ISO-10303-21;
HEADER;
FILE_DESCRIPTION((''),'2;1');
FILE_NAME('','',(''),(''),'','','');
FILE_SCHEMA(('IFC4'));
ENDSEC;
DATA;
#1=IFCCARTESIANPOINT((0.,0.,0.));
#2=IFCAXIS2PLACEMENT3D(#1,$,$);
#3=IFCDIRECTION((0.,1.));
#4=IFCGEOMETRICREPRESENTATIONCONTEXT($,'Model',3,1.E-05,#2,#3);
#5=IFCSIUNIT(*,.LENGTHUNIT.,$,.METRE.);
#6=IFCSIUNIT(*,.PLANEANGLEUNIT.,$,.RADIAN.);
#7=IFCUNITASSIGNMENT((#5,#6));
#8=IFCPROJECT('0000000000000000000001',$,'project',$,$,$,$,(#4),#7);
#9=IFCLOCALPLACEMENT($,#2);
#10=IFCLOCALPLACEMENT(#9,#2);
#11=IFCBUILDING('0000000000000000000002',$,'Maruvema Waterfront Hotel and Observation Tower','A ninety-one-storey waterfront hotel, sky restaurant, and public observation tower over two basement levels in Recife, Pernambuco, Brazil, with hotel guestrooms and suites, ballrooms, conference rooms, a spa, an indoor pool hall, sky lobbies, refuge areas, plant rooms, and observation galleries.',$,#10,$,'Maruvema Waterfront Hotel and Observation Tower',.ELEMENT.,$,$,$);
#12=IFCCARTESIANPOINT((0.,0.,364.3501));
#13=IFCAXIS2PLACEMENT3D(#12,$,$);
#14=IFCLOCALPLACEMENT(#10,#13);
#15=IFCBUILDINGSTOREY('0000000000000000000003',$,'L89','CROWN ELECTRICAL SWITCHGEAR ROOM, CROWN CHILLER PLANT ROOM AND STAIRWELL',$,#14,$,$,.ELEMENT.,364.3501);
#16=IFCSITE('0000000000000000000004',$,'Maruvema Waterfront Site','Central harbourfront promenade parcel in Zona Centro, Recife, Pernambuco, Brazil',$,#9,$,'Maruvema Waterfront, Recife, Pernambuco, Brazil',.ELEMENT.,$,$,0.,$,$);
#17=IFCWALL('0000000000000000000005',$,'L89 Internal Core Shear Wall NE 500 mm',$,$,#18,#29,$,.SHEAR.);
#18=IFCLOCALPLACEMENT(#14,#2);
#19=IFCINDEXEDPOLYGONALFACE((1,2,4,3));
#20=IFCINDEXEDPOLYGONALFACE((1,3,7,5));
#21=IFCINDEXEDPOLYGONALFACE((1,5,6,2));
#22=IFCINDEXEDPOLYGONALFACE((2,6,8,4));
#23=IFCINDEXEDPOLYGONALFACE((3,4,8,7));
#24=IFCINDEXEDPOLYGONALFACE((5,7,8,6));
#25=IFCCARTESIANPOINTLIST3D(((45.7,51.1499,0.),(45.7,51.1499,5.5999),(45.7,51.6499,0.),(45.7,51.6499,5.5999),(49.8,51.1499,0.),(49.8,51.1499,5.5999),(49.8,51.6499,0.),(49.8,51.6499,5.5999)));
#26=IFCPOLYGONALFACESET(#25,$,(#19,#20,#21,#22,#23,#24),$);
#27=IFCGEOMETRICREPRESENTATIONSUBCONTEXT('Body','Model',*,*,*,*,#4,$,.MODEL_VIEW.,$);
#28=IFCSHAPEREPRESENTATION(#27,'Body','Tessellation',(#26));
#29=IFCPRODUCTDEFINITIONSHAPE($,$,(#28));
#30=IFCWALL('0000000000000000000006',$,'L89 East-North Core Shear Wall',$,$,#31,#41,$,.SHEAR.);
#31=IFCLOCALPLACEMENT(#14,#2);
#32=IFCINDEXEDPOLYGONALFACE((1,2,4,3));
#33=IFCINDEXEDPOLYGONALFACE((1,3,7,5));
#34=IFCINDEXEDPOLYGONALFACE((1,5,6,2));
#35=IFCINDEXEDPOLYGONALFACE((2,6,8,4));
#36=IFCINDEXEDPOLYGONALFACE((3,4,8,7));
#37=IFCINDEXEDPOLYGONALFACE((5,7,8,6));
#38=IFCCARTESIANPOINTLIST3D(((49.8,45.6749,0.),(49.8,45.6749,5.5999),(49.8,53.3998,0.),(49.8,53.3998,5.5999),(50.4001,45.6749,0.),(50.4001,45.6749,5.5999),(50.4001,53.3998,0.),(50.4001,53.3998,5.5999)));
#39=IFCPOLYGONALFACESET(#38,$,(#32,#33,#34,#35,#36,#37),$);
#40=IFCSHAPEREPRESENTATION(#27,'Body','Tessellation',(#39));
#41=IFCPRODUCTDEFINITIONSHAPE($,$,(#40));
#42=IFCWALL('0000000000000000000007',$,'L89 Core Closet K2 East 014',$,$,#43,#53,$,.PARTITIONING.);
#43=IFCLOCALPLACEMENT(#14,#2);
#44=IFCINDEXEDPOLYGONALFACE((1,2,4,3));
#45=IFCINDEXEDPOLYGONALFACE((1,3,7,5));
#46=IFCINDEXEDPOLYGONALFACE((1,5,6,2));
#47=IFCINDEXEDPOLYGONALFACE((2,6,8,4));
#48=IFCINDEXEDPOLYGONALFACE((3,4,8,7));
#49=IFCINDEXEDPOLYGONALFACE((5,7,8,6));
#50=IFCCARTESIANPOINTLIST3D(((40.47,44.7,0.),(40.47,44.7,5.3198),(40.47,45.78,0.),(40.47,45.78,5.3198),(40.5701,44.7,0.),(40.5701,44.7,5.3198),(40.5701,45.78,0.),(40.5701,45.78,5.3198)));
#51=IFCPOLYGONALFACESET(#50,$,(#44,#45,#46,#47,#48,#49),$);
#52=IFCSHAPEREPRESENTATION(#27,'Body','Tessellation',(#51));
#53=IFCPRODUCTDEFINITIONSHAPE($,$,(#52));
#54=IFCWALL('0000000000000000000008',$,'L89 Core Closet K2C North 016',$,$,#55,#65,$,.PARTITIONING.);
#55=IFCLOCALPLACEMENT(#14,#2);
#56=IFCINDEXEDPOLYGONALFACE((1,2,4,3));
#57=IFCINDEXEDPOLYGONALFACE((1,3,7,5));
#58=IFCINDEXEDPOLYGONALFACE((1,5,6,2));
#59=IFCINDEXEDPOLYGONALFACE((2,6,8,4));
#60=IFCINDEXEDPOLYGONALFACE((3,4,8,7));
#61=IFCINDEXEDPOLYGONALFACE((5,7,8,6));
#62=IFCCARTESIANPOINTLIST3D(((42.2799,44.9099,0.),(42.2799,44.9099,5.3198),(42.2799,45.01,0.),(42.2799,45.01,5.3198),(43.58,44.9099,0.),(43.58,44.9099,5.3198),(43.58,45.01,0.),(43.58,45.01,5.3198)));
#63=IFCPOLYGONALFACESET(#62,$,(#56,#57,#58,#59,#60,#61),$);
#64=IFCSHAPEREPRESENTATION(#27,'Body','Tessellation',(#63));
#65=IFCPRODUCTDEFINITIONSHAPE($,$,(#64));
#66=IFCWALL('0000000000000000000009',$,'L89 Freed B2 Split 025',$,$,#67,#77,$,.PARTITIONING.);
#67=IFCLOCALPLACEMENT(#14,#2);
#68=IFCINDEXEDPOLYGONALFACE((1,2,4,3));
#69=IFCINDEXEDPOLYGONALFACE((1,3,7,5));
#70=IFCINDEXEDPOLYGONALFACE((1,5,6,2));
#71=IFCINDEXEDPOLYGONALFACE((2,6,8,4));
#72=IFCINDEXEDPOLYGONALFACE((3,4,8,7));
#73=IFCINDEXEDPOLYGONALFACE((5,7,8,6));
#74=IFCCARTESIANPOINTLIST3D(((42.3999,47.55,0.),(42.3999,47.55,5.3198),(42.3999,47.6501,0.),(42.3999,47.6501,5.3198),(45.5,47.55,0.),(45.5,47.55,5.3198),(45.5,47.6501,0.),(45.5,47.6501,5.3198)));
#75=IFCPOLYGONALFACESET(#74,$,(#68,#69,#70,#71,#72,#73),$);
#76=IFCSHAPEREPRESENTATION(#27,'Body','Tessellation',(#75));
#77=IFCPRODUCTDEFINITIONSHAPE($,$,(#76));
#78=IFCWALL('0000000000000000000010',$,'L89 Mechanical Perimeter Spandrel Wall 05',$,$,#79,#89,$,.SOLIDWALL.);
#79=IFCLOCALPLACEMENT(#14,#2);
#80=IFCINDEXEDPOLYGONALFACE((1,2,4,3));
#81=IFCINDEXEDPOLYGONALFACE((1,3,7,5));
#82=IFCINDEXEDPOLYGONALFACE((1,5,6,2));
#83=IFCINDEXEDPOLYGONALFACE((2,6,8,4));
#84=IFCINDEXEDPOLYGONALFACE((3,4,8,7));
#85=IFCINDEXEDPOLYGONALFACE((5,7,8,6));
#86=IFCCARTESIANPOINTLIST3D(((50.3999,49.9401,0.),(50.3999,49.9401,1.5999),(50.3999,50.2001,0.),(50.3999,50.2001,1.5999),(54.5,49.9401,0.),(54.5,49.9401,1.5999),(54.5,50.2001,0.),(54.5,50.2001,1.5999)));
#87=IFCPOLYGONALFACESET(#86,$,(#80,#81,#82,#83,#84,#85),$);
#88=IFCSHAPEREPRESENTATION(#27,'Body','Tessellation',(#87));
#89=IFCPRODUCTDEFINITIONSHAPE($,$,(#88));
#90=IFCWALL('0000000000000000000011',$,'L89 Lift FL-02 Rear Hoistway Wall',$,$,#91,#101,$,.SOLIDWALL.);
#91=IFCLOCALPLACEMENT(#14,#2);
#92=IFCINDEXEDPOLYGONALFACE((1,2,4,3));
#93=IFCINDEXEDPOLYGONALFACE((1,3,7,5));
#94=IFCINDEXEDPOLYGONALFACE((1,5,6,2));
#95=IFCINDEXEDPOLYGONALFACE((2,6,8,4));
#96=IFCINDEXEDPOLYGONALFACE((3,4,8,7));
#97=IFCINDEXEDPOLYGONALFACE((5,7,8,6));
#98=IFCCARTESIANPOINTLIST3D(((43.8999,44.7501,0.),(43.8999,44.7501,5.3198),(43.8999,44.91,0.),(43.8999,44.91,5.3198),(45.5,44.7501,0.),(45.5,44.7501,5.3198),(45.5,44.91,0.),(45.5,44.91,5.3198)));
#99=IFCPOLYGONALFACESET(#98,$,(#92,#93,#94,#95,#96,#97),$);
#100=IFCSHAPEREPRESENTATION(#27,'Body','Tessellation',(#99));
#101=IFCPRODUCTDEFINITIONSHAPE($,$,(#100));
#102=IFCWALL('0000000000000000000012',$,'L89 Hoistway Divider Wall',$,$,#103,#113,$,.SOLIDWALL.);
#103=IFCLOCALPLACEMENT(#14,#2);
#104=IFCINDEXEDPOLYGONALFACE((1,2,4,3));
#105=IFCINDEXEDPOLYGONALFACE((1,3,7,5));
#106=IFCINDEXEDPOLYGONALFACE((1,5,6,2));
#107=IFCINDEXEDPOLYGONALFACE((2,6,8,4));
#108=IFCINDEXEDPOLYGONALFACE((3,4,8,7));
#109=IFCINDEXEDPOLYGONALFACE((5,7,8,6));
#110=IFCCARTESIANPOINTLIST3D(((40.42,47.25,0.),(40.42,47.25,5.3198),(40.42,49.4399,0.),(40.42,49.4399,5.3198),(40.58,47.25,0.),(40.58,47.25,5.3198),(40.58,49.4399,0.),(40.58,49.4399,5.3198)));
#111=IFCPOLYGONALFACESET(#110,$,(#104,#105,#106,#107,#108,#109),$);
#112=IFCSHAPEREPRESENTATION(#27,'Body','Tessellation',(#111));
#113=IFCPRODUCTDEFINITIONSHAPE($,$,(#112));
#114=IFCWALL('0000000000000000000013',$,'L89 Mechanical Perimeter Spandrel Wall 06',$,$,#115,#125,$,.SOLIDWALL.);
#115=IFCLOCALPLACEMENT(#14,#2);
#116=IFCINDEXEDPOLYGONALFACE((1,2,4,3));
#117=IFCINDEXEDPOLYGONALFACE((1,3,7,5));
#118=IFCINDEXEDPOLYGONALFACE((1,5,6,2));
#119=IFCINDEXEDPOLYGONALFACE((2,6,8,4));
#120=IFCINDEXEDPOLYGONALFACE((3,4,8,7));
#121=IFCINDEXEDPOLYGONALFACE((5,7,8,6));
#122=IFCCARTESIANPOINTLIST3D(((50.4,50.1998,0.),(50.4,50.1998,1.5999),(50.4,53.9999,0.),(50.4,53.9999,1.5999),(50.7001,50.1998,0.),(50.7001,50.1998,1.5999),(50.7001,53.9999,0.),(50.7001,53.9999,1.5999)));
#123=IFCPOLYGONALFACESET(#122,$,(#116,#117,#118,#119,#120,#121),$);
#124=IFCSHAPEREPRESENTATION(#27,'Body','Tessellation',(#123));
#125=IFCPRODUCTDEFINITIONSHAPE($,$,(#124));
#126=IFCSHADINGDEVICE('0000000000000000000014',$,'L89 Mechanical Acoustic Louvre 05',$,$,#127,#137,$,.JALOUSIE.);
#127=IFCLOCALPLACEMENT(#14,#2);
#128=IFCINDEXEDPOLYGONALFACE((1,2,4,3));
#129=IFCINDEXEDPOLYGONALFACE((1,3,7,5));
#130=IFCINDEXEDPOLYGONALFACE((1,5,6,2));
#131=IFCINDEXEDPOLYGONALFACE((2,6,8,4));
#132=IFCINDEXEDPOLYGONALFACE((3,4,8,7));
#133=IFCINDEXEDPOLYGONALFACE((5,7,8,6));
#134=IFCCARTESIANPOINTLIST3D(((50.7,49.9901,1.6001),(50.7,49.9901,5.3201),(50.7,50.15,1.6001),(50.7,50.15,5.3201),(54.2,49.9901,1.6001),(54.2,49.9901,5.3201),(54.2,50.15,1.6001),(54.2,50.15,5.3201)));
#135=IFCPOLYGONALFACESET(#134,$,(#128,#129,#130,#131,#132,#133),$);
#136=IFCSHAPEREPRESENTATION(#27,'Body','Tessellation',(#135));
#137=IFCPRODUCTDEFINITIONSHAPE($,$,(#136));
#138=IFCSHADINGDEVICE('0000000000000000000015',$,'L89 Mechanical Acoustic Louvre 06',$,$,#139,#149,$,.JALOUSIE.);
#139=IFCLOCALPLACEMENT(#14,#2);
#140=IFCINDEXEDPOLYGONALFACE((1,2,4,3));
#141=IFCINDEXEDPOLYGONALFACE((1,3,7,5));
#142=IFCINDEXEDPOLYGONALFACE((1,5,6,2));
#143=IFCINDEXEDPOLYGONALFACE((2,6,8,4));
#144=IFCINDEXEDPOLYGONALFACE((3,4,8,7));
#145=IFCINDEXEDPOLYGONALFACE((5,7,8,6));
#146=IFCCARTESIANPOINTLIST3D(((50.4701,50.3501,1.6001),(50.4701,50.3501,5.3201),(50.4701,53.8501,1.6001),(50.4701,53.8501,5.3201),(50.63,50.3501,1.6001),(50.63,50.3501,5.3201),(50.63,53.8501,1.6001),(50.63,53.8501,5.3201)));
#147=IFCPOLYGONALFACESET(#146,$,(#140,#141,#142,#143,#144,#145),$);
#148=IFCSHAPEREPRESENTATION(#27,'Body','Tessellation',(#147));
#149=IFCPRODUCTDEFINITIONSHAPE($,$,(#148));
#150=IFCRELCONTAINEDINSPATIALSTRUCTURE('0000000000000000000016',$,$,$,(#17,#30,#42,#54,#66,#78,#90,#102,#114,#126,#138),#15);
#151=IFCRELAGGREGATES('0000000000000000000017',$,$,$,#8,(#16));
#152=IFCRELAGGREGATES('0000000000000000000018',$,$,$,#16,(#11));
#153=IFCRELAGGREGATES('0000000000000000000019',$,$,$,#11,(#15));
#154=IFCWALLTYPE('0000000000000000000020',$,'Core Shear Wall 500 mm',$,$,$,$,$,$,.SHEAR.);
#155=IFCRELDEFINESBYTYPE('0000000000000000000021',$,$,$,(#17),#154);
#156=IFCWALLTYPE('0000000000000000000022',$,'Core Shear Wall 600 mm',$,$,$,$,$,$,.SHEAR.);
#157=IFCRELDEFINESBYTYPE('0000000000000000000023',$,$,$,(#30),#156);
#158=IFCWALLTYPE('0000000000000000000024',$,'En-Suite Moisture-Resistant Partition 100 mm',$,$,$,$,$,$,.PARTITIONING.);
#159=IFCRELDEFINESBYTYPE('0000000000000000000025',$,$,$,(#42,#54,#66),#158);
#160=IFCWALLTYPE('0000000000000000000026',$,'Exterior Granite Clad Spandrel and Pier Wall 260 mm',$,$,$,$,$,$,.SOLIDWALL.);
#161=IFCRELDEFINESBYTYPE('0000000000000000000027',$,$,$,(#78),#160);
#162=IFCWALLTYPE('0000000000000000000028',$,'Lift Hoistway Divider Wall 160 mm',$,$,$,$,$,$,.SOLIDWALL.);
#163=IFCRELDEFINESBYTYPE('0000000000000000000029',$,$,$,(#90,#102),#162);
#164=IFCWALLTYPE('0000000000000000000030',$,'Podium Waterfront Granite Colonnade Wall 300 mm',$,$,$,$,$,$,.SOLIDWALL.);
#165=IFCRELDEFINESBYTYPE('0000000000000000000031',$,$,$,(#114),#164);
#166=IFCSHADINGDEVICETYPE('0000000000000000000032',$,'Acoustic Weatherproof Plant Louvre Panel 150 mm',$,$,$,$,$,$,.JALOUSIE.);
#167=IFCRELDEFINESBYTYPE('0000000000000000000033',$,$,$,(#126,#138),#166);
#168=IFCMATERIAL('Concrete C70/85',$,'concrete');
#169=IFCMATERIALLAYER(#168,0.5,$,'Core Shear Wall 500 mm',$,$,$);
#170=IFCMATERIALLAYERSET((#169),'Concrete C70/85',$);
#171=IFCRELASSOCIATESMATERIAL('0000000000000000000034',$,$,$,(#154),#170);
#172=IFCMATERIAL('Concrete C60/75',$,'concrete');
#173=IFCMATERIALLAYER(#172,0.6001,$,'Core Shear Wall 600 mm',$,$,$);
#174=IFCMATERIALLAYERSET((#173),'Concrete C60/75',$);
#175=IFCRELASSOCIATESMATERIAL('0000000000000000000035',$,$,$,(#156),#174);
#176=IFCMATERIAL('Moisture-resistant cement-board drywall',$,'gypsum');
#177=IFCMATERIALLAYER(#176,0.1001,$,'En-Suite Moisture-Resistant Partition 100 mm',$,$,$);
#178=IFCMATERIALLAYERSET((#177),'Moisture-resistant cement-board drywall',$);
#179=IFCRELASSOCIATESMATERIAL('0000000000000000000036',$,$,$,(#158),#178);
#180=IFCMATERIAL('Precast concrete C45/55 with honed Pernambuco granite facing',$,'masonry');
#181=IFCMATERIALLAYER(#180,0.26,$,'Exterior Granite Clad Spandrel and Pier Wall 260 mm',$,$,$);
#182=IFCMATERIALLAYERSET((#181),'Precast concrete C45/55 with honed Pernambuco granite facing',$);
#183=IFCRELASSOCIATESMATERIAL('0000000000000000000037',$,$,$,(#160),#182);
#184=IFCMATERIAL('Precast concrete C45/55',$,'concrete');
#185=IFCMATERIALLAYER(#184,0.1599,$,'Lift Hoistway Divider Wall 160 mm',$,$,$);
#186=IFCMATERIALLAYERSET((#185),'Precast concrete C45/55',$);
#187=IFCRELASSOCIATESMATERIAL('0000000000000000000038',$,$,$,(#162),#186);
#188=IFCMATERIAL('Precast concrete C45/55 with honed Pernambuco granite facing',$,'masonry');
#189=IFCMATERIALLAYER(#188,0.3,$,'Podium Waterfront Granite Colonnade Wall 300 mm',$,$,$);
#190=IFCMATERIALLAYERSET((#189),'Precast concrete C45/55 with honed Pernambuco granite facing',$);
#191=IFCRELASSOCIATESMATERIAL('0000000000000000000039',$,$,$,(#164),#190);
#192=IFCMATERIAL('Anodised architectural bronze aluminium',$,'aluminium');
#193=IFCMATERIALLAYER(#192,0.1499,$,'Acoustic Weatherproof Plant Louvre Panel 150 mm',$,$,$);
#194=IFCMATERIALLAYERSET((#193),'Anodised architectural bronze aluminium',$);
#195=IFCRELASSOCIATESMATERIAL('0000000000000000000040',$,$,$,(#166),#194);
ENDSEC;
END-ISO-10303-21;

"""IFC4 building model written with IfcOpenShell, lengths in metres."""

from ifc_helpers import new_model, si_unit, direction, frame, frame_2d, origin, origin_2d, place, context, subcontext, project, spatial, rectangle, extrude, material, layer, layer_set, type_object, element, save


model = new_model("IFC4")

# Units and contexts
model_context = context("Model", 3, precision=1e-05, world=origin(), true_north=direction((0.0, 1.0)))
body_context = subcontext(model_context, "Body", "Model", "MODEL_VIEW")
ifc_project = project(units=[si_unit("LENGTHUNIT", "METRE"), si_unit("PLANEANGLEUNIT", "RADIAN")], contexts=[model_context])

# Site, building, storey
site_placement = place(None, origin())
site = spatial("IfcSite", under=ifc_project, at=site_placement, Name="Maruvema Waterfront Site", Description="Central harbourfront promenade parcel in Zona Centro, Recife, Pernambuco, Brazil", LongName="Maruvema Waterfront, Recife, Pernambuco, Brazil", CompositionType="ELEMENT", RefElevation=0.0)
building_placement = place(site_placement, origin())
building = spatial("IfcBuilding", under=site, at=building_placement, Name="Maruvema Waterfront Hotel and Observation Tower", Description="A ninety-one-storey waterfront hotel, sky restaurant, and public observation tower over two basement levels in Recife, Pernambuco, Brazil, with hotel guestrooms and suites, ballrooms, conference rooms, a spa, an indoor pool hall, sky lobbies, refuge areas, plant rooms, and observation galleries.", LongName="Maruvema Waterfront Hotel and Observation Tower", CompositionType="ELEMENT")
storey_placement = place(building_placement, frame((0.0, 0.0, 364.3501)))
storey = spatial("IfcBuildingStorey", under=building, at=storey_placement, Name="L89", Description="CROWN ELECTRICAL SWITCHGEAR ROOM, CROWN CHILLER PLANT ROOM AND STAIRWELL", CompositionType="ELEMENT", Elevation=364.3501)

# Walls
ifc_material_1 = material(Name="Concrete C70/85", Category="concrete")
ifc_layer_1 = layer(ifc_material_1, 0.5, Name="Core Shear Wall 500 mm")
ifc_layer_set_1 = layer_set([ifc_layer_1], Name="Concrete C70/85")
wall_type_1 = type_object("IfcWallType", Name="Core Shear Wall 500 mm", PredefinedType="SHEAR", material=ifc_layer_set_1)
wall_1_placement = place(storey_placement, frame((45.7, 51.3999, 0.0), z_axis=(0.0, 0.0, 1.0), x_axis=(1.0, 0.0, 0.0)))
element("IfcWall", 1, at=wall_1_placement, inside=storey, type_object=wall_type_1, Name="L89 Internal Core Shear Wall NE 500 mm", PredefinedType="SHEAR", context=body_context, shape_type="SweptSolid", body=[
    extrude(rectangle(XDim=4.1001, YDim=0.5, at=frame_2d((2.05, 0.0))), origin(), (0.0, 0.0, 1.0), 5.5999),
])
ifc_material_2 = material(Name="Concrete C60/75", Category="concrete")
ifc_layer_2 = layer(ifc_material_2, 0.6001, Name="Core Shear Wall 600 mm")
ifc_layer_set_2 = layer_set([ifc_layer_2], Name="Concrete C60/75")
wall_type_2 = type_object("IfcWallType", Name="Core Shear Wall 600 mm", PredefinedType="SHEAR", material=ifc_layer_set_2)
wall_2_placement = place(storey_placement, frame((50.1001, 45.675, 0.0), z_axis=(0.0, 0.0, 1.0), x_axis=(0.0, 1.0, 0.0)))
element("IfcWall", 2, at=wall_2_placement, inside=storey, type_object=wall_type_2, Name="L89 East-North Core Shear Wall", PredefinedType="SHEAR", context=body_context, shape_type="SweptSolid", body=[
    extrude(rectangle(XDim=7.7249, YDim=0.6001, at=frame_2d((3.8623, 0.0))), origin(), (0.0, 0.0, 1.0), 5.5999),
])
ifc_material_3 = material(Name="Moisture-resistant cement-board drywall", Category="gypsum")
ifc_layer_3 = layer(ifc_material_3, 0.1001, Name="En-Suite Moisture-Resistant Partition 100 mm")
ifc_layer_set_3 = layer_set([ifc_layer_3], Name="Moisture-resistant cement-board drywall")
wall_type_3 = type_object("IfcWallType", Name="En-Suite Moisture-Resistant Partition 100 mm", PredefinedType="PARTITIONING", material=ifc_layer_set_3)
wall_3_placement = place(storey_placement, frame((40.52, 44.7, 0.0), z_axis=(0.0, 0.0, 1.0), x_axis=(0.0, 1.0, 0.0)))
element("IfcWall", 3, at=wall_3_placement, inside=storey, type_object=wall_type_3, Name="L89 Core Closet K2 East 014", PredefinedType="PARTITIONING", context=body_context, shape_type="SweptSolid", body=[
    extrude(rectangle(XDim=1.0801, YDim=0.1001, at=frame_2d((0.54, 0.0))), origin(), (0.0, 0.0, 1.0), 5.3198),
])
wall_4_placement = place(storey_placement, frame((42.28, 44.96, 0.0), z_axis=(0.0, 0.0, 1.0), x_axis=(1.0, 0.0, 0.0)))
element("IfcWall", 4, at=wall_4_placement, inside=storey, type_object=wall_type_3, Name="L89 Core Closet K2C North 016", PredefinedType="PARTITIONING", context=body_context, shape_type="SweptSolid", body=[
    extrude(rectangle(XDim=1.3, YDim=0.1001, at=frame_2d((0.6499, 0.0))), origin(), (0.0, 0.0, 1.0), 5.3198),
])
wall_5_placement = place(storey_placement, frame((42.3999, 47.6001, 0.0), z_axis=(0.0, 0.0, 1.0), x_axis=(1.0, 0.0, 0.0)))
element("IfcWall", 5, at=wall_5_placement, inside=storey, type_object=wall_type_3, Name="L89 Freed B2 Split 025", PredefinedType="PARTITIONING", context=body_context, shape_type="SweptSolid", body=[
    extrude(rectangle(XDim=3.1001, YDim=0.1001, at=frame_2d((1.55, 0.0))), origin(), (0.0, 0.0, 1.0), 5.3198),
])
ifc_material_4 = material(Name="Precast concrete C45/55 with honed Pernambuco granite facing", Category="masonry")
ifc_layer_4 = layer(ifc_material_4, 0.26, Name="Exterior Granite Clad Spandrel and Pier Wall 260 mm")
ifc_layer_set_4 = layer_set([ifc_layer_4], Name="Precast concrete C45/55 with honed Pernambuco granite facing")
wall_type_4 = type_object("IfcWallType", Name="Exterior Granite Clad Spandrel and Pier Wall 260 mm", PredefinedType="SOLIDWALL", material=ifc_layer_set_4)
wall_6_placement = place(storey_placement, frame((54.5, 50.0701, 0.0), z_axis=(0.0, 0.0, 1.0), x_axis=(-1.0, 0.0, 0.0)))
element("IfcWall", 6, at=wall_6_placement, inside=storey, type_object=wall_type_4, Name="L89 Mechanical Perimeter Spandrel Wall 05", PredefinedType="SOLIDWALL", context=body_context, shape_type="SweptSolid", body=[
    extrude(rectangle(XDim=4.1001, YDim=0.26, at=frame_2d((2.05, 0.0))), origin(), (0.0, 0.0, 1.0), 1.5999),
])
ifc_material_5 = material(Name="Precast concrete C45/55", Category="concrete")
ifc_layer_5 = layer(ifc_material_5, 0.1599, Name="Lift Hoistway Divider Wall 160 mm")
ifc_layer_set_5 = layer_set([ifc_layer_5], Name="Precast concrete C45/55")
wall_type_5 = type_object("IfcWallType", Name="Lift Hoistway Divider Wall 160 mm", PredefinedType="SOLIDWALL", material=ifc_layer_set_5)
wall_7_placement = place(storey_placement, frame((43.8999, 44.8301, 0.0), z_axis=(0.0, 0.0, 1.0), x_axis=(1.0, 0.0, 0.0)))
element("IfcWall", 7, at=wall_7_placement, inside=storey, type_object=wall_type_5, Name="L89 Lift FL-02 Rear Hoistway Wall", PredefinedType="SOLIDWALL", context=body_context, shape_type="SweptSolid", body=[
    extrude(rectangle(XDim=1.6001, YDim=0.1599, at=frame_2d((0.8, 0.0))), origin(), (0.0, 0.0, 1.0), 5.3198),
])
wall_8_placement = place(storey_placement, frame((40.5, 47.25, 0.0), z_axis=(0.0, 0.0, 1.0), x_axis=(0.0, 1.0, 0.0)))
element("IfcWall", 8, at=wall_8_placement, inside=storey, type_object=wall_type_5, Name="L89 Hoistway Divider Wall", PredefinedType="SOLIDWALL", context=body_context, shape_type="SweptSolid", body=[
    extrude(rectangle(XDim=2.1899, YDim=0.1599, at=frame_2d((1.095, 0.0))), origin(), (0.0, 0.0, 1.0), 5.3198),
])
ifc_material_6 = material(Name="Precast concrete C45/55 with honed Pernambuco granite facing", Category="masonry")
ifc_layer_6 = layer(ifc_material_6, 0.3, Name="Podium Waterfront Granite Colonnade Wall 300 mm")
ifc_layer_set_6 = layer_set([ifc_layer_6], Name="Precast concrete C45/55 with honed Pernambuco granite facing")
wall_type_6 = type_object("IfcWallType", Name="Podium Waterfront Granite Colonnade Wall 300 mm", PredefinedType="SOLIDWALL", material=ifc_layer_set_6)
wall_9_placement = place(storey_placement, frame((50.55, 50.2, 0.0), z_axis=(0.0, 0.0, 1.0), x_axis=(0.0, 1.0, 0.0)))
element("IfcWall", 9, at=wall_9_placement, inside=storey, type_object=wall_type_6, Name="L89 Mechanical Perimeter Spandrel Wall 06", PredefinedType="SOLIDWALL", context=body_context, shape_type="SweptSolid", body=[
    extrude(rectangle(XDim=3.8, YDim=0.3, at=frame_2d((1.8999, 0.0))), origin(), (0.0, 0.0, 1.0), 1.5999),
])

# Shading devices
ifc_material_7 = material(Name="Anodised architectural bronze aluminium", Category="aluminium")
ifc_layer_7 = layer(ifc_material_7, 0.1499, Name="Acoustic Weatherproof Plant Louvre Panel 150 mm")
ifc_layer_set_7 = layer_set([ifc_layer_7], Name="Anodised architectural bronze aluminium")
shading_device_type = type_object("IfcShadingDeviceType", Name="Acoustic Weatherproof Plant Louvre Panel 150 mm", PredefinedType="JALOUSIE", material=ifc_layer_set_7)
for number, where, z_axis, x_axis, name in (
    (10, (52.45, 50.0701, 1.6001), (0.0, 0.0, 1.0), (-1.0, 0.0, 0.0), "L89 Mechanical Acoustic Louvre 05"),
    (11, (50.55, 52.1001, 1.6001), (0.0, 0.0, 1.0), (0.0, 1.0, 0.0), "L89 Mechanical Acoustic Louvre 06"),
):
    element("IfcShadingDevice", number, at=place(storey_placement, frame(where, z_axis=z_axis, x_axis=x_axis)), inside=storey, type_object=shading_device_type, Name=name, PredefinedType="JALOUSIE", context=body_context, shape_type="SweptSolid", body=[
        extrude(rectangle(XDim=3.5, YDim=0.1599, at=origin_2d()), origin(), (0.0, 0.0, 1.0), 3.72),
    ])

save(model, "model.ifc")
